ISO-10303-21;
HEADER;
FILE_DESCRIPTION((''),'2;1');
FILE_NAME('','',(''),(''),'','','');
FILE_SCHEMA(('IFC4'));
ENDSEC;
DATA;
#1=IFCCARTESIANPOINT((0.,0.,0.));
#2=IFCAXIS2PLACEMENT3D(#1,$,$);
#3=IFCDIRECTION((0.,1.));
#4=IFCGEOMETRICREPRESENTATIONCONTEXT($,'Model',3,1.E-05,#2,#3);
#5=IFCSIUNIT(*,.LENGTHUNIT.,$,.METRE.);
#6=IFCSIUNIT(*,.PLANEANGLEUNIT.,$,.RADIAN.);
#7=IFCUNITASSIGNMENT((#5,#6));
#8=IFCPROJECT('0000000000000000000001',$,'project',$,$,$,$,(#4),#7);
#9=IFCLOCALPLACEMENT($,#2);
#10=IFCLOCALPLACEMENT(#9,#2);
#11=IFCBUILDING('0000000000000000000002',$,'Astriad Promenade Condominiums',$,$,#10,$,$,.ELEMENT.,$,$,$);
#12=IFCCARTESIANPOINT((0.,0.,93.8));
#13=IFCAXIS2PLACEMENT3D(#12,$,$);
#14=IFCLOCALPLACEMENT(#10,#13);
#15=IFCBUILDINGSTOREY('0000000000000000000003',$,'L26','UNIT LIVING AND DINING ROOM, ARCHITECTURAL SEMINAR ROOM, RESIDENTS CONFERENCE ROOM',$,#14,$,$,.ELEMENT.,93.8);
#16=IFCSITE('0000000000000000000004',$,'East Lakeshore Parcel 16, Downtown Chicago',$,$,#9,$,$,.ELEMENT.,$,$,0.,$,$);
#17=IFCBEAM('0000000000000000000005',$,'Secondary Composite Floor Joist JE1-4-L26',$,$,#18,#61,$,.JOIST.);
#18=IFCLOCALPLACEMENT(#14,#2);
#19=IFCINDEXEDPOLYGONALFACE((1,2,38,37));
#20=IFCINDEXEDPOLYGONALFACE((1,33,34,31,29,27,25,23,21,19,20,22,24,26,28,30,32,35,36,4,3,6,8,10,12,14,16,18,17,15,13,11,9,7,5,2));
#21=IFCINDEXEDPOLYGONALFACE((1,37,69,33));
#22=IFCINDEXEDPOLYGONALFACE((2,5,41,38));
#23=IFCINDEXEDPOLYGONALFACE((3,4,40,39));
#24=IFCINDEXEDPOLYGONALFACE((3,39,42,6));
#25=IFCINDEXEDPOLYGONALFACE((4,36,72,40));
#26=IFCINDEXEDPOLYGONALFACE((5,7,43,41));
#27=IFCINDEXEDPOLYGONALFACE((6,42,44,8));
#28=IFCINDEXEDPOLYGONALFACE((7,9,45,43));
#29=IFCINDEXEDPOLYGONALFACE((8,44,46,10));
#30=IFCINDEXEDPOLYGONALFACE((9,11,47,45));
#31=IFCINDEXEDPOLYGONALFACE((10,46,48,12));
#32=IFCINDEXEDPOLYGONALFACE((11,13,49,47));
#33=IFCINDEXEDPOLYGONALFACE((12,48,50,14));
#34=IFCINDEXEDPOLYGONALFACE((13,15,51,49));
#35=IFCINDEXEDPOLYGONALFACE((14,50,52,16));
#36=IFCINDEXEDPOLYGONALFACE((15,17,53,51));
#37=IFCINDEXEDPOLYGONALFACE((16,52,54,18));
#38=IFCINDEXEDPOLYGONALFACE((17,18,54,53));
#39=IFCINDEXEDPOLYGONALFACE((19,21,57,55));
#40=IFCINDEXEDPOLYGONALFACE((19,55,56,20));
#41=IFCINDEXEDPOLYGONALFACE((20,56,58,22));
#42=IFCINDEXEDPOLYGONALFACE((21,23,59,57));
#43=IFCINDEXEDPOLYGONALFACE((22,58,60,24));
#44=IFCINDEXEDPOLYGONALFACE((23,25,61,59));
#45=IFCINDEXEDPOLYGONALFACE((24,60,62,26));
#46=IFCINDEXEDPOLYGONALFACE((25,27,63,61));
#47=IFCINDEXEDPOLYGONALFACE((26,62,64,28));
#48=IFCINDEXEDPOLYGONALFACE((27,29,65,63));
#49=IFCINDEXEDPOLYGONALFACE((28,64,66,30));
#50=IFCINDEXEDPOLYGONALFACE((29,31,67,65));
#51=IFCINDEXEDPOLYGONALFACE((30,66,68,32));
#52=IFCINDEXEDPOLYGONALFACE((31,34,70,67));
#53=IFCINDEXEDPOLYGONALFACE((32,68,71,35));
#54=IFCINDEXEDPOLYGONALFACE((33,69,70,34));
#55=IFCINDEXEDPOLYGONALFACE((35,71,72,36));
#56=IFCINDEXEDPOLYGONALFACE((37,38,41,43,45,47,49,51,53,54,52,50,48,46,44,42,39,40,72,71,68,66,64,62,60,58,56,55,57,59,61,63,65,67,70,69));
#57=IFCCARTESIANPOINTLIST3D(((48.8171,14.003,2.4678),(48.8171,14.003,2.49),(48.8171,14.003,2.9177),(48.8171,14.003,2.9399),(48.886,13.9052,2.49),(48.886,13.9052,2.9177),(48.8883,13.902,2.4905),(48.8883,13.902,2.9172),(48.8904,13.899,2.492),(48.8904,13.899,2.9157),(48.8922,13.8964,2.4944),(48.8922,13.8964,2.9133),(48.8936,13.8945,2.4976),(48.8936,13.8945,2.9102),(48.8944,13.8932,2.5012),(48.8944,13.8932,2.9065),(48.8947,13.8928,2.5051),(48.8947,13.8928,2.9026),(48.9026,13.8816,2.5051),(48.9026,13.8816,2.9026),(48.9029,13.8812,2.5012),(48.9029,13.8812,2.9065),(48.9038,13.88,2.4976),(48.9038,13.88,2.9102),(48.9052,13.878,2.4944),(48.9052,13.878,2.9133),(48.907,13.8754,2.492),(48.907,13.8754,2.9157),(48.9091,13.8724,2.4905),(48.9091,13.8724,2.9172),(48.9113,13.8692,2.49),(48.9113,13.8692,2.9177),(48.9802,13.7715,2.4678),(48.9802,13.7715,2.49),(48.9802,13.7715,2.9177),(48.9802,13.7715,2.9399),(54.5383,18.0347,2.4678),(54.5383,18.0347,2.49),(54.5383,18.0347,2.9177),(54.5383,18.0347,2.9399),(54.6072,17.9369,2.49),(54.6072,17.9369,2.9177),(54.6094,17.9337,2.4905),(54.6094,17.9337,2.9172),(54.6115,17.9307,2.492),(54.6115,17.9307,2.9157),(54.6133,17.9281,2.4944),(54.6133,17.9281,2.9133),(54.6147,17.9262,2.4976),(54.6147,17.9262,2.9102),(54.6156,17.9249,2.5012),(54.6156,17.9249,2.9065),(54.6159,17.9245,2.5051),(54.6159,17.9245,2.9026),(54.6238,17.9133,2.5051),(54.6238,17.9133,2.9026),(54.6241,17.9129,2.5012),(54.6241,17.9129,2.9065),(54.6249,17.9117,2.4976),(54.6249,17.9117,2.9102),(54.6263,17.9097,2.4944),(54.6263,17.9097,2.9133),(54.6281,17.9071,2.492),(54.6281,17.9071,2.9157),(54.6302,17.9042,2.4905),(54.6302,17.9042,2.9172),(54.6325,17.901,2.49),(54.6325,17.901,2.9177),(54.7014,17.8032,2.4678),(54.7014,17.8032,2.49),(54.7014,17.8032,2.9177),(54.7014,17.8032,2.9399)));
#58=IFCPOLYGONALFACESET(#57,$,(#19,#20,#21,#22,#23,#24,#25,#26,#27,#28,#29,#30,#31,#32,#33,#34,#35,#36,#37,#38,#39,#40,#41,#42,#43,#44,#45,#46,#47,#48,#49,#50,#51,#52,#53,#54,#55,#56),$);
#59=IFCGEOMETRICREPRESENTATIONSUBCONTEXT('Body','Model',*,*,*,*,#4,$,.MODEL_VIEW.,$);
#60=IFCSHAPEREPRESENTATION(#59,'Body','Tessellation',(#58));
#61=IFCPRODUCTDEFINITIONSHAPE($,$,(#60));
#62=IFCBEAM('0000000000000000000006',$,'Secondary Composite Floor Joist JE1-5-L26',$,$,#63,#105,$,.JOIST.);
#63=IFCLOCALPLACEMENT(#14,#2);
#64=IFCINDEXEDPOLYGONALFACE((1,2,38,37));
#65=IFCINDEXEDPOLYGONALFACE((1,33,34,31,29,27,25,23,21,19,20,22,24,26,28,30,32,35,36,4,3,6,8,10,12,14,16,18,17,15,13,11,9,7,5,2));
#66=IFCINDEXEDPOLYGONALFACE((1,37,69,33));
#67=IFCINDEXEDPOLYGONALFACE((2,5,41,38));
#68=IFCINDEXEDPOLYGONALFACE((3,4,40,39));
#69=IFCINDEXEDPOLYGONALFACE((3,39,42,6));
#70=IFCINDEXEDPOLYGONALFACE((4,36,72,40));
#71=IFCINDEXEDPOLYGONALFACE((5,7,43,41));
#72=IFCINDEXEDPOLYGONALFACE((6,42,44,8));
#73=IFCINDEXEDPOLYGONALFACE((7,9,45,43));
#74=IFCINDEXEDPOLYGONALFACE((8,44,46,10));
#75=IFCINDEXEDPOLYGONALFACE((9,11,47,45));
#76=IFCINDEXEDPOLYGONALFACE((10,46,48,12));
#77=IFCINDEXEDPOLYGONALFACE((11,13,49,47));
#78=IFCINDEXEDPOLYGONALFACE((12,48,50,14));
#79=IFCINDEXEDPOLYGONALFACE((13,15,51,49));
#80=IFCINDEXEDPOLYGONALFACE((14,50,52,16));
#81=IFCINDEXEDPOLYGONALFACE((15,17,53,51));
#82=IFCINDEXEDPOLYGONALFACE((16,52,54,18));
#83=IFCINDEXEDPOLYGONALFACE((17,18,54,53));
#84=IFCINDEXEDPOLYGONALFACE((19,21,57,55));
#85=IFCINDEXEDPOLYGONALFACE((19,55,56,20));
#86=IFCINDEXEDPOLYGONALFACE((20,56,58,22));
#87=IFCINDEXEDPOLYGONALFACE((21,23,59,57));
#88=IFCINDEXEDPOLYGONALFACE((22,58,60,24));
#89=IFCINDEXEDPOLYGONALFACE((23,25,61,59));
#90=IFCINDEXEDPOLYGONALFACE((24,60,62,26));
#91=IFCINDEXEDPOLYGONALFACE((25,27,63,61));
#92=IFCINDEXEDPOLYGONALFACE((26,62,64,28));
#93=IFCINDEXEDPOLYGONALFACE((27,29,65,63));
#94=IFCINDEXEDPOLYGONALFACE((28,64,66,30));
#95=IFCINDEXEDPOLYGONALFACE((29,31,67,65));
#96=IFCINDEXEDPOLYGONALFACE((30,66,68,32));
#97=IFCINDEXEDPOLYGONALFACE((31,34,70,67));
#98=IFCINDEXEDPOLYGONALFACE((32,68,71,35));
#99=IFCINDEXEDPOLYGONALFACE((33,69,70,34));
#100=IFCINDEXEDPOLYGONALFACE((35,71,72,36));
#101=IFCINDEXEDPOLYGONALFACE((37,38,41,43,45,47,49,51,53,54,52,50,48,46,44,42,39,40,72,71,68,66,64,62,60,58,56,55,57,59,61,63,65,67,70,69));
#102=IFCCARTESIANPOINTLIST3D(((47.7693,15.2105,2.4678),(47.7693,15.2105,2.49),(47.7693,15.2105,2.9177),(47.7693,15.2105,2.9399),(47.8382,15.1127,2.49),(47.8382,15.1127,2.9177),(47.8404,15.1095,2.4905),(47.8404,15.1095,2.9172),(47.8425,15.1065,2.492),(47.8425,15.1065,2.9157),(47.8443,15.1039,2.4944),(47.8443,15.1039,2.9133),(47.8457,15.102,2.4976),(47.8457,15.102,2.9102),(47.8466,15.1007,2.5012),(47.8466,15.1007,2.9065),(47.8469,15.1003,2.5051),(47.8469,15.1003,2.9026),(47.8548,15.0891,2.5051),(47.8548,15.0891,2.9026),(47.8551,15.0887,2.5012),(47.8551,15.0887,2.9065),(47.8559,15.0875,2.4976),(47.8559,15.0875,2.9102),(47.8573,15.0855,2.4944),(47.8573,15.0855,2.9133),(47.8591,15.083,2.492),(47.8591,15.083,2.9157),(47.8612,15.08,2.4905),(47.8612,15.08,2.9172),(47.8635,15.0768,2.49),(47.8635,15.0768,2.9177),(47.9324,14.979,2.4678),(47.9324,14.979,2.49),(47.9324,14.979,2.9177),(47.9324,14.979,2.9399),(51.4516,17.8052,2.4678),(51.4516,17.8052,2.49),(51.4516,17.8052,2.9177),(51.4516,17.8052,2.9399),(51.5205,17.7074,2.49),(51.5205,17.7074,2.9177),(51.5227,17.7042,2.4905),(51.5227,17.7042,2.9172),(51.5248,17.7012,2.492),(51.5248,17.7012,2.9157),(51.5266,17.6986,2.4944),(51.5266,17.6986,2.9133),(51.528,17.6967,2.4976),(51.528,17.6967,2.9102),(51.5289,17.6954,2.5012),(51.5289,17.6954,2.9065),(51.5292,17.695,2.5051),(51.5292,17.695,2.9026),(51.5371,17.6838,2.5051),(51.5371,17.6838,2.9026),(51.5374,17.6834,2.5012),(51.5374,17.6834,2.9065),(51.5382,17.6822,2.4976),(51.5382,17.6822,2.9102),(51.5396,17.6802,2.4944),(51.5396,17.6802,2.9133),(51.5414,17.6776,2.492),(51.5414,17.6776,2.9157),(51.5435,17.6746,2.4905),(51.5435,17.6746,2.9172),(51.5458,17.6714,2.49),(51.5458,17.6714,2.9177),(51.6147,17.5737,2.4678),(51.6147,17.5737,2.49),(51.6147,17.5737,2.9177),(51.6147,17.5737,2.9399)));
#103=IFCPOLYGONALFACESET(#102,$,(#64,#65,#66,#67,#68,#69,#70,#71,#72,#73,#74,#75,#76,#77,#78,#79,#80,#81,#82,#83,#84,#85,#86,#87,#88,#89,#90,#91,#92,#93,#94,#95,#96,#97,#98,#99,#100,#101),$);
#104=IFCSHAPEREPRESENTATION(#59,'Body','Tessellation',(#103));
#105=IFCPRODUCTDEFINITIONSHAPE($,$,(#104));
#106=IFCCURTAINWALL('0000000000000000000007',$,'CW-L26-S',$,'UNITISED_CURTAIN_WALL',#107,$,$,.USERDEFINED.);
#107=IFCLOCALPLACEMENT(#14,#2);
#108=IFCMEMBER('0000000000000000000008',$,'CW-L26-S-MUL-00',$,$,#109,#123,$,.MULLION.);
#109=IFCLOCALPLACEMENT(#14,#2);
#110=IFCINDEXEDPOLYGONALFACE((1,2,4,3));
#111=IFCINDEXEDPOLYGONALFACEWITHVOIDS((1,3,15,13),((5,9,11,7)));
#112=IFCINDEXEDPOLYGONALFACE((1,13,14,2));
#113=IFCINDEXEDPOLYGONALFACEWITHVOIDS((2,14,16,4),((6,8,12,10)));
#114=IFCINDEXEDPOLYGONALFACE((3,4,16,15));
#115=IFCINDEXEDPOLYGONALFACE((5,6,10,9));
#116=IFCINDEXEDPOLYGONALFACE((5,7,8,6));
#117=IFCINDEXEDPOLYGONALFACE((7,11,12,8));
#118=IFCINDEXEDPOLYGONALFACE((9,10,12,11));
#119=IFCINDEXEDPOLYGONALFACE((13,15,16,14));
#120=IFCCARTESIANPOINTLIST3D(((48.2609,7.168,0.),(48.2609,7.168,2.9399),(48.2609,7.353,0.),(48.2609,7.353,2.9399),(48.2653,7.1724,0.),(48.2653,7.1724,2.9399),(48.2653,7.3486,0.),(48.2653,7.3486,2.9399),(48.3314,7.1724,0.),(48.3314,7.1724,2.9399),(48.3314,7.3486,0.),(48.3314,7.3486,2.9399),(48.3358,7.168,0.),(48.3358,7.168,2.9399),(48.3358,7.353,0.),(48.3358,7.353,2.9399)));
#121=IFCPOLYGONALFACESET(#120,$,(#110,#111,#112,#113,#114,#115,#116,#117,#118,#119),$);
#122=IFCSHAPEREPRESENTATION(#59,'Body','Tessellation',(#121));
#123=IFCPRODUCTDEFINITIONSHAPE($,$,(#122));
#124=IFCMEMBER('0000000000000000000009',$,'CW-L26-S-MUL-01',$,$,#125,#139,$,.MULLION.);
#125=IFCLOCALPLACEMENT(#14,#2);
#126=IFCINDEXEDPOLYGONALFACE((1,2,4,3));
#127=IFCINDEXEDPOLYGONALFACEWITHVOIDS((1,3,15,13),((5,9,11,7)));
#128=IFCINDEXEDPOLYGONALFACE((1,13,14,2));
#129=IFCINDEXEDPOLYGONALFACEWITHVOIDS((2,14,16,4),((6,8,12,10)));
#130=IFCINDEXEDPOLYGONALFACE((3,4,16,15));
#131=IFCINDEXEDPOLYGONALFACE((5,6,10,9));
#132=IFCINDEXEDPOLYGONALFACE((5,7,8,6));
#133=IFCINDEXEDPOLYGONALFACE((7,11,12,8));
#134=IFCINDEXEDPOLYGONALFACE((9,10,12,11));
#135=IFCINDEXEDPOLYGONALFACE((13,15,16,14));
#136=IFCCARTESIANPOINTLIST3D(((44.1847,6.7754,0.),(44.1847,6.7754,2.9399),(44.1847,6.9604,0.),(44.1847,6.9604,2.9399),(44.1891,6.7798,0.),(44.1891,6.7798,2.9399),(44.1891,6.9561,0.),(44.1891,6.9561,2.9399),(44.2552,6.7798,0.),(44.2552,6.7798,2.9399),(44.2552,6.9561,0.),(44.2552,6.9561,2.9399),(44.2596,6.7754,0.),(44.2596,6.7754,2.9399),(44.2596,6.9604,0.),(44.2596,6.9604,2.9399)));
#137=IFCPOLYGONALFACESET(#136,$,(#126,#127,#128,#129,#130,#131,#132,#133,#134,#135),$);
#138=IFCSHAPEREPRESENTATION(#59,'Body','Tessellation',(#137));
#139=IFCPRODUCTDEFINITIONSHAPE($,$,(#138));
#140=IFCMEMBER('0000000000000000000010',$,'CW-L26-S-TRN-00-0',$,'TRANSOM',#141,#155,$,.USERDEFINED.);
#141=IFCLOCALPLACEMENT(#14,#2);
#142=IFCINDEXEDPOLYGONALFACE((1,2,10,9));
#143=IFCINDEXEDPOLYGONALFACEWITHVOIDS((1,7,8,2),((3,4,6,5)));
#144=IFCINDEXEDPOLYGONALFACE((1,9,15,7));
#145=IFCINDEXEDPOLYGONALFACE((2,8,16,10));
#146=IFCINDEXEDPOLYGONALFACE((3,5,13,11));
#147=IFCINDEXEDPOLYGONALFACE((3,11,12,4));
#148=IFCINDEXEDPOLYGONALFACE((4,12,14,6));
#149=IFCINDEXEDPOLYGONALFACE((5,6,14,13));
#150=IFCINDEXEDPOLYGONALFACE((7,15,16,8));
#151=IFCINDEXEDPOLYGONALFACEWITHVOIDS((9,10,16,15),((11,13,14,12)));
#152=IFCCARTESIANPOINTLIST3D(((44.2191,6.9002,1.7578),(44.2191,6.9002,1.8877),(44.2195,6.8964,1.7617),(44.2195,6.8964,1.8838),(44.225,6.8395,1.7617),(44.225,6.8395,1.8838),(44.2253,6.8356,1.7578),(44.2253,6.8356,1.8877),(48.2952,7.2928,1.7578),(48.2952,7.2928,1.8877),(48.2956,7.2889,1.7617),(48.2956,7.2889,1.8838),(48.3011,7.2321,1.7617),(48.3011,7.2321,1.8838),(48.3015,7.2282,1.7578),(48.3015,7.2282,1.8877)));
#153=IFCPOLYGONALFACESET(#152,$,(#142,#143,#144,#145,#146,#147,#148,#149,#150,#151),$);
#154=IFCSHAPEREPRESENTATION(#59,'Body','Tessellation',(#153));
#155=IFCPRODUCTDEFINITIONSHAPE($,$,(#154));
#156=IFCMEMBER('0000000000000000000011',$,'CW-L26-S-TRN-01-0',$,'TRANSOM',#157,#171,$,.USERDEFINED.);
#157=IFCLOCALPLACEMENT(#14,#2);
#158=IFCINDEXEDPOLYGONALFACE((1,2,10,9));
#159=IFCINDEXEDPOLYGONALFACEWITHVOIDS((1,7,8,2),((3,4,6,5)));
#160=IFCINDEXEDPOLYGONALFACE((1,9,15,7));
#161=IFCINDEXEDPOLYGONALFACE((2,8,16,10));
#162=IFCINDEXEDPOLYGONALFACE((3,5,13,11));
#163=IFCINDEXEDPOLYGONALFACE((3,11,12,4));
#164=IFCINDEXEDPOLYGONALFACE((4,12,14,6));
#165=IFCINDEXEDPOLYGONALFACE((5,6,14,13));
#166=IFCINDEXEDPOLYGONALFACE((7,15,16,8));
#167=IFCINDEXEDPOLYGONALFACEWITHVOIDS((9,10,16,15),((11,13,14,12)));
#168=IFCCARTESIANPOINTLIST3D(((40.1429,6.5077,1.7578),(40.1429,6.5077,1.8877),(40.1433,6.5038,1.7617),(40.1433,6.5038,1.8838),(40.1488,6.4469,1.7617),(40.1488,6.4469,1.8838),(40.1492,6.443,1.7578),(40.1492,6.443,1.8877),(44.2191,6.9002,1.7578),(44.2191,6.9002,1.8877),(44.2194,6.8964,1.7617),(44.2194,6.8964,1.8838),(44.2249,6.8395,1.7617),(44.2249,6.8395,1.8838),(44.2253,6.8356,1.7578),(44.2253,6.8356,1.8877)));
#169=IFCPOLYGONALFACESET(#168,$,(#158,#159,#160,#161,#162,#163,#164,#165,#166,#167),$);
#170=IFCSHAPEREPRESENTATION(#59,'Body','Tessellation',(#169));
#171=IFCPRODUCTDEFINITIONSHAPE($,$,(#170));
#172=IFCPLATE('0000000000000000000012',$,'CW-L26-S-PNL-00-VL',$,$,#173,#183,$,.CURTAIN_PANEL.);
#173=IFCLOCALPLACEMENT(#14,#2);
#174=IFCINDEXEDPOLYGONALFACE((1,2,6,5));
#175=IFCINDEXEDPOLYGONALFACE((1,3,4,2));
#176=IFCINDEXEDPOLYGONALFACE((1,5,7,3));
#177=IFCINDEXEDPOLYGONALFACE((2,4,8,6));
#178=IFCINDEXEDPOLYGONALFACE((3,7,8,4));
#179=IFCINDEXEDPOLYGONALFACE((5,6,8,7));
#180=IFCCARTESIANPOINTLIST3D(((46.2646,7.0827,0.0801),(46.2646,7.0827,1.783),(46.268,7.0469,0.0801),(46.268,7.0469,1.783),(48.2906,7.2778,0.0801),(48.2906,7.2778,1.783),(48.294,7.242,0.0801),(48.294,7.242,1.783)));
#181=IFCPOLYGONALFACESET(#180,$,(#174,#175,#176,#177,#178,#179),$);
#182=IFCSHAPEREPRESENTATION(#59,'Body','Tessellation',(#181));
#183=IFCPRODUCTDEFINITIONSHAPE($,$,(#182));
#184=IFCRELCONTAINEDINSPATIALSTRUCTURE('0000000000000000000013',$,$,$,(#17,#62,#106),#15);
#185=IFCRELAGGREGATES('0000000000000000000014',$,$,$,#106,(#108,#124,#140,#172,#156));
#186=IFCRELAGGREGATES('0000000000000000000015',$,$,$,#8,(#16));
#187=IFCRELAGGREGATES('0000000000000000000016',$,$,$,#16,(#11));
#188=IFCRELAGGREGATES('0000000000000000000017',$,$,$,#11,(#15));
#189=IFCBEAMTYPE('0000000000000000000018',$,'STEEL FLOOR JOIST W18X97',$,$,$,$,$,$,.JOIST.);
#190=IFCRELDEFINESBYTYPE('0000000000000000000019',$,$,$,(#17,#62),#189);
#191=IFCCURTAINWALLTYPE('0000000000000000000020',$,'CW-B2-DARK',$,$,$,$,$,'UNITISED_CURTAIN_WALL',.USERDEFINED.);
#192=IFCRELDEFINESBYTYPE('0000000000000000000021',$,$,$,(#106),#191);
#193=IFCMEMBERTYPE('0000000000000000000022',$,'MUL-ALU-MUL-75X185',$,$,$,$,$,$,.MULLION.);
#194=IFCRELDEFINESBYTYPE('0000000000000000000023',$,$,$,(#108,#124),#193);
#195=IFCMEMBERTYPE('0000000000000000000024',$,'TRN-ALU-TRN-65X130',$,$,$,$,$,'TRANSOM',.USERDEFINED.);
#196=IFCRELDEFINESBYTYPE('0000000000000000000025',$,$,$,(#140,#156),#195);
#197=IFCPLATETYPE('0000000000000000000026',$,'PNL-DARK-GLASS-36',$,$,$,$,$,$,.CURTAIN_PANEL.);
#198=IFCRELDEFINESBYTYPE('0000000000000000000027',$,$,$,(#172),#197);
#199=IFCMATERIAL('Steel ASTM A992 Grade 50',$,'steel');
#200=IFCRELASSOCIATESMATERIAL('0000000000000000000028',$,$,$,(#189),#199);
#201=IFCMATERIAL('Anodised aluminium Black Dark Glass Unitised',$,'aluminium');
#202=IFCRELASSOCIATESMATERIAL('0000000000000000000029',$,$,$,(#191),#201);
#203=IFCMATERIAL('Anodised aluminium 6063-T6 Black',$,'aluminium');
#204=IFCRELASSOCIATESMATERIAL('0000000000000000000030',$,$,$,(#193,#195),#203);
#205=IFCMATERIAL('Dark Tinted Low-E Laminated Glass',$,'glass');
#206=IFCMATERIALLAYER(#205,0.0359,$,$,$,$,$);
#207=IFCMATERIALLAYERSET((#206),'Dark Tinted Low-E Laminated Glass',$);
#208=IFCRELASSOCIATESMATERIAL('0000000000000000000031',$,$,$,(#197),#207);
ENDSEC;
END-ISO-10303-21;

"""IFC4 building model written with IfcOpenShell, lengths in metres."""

from ifc_helpers import new_model, si_unit, direction, frame, origin, origin_2d, place, context, subcontext, project, spatial, rectangle, hollow_rectangle, i_section, extrude, source, transform, mapped, material, layer, layer_set, material_profile, profile_set, type_object, type_shapes, element, aggregate, save


model = new_model("IFC4")

# Units and contexts
model_context = context("Model", 3, precision=1e-05, world=origin(), true_north=direction((0.0, 1.0)))
body_context = subcontext(model_context, "Body", "Model", "MODEL_VIEW")
ifc_project = project(units=[si_unit("LENGTHUNIT", "METRE"), si_unit("PLANEANGLEUNIT", "RADIAN")], contexts=[model_context])

# Site, building, storey
site_placement = place(None, origin())
site = spatial("IfcSite", under=ifc_project, at=site_placement, Name="East Lakeshore Parcel 16, Downtown Chicago", CompositionType="ELEMENT", RefElevation=0.0)
building_placement = place(site_placement, origin())
building = spatial("IfcBuilding", under=site, at=building_placement, Name="Astriad Promenade Condominiums", CompositionType="ELEMENT")
storey_placement = place(building_placement, frame((0.0, 0.0, 93.8)))
storey = spatial("IfcBuildingStorey", under=building, at=storey_placement, Name="L26", Description="UNIT LIVING AND DINING ROOM, ARCHITECTURAL SEMINAR ROOM, RESIDENTS CONFERENCE ROOM", CompositionType="ELEMENT", Elevation=93.8)

# Beams
ifc_material_1 = material(Name="Steel ASTM A992 Grade 50", Category="steel")
ifc_material_profile_1 = material_profile(ifc_material_1, i_section(OverallWidth=0.2832, OverallDepth=0.4722, WebThickness=0.0137, FlangeThickness=0.0222, FilletRadius=0.0151, at=origin_2d()), Name="W18X97")
ifc_profile_set_1 = profile_set([ifc_material_profile_1], Name="Steel ASTM A992 Grade 50")
beam_type = type_object("IfcBeamType", Name="STEEL FLOOR JOIST W18X97", PredefinedType="JOIST", material=ifc_profile_set_1)
shared_shape_1 = source(origin(), body_context, "Body", "SweptSolid", [
    extrude(i_section(OverallWidth=0.2832, OverallDepth=0.4722, WebThickness=0.0137, FlangeThickness=0.0222, FilletRadius=0.0151, at=origin_2d()), origin(), (0.0, 0.0, 1.0), 6.999),
])
beam_1_placement = place(storey_placement, frame((48.8987, 13.8872, 2.7039), z_axis=(0.817422, 0.576039, 0.0), x_axis=(-0.576039, 0.817422, 0.0)))
element("IfcBeam", 1, at=beam_1_placement, inside=storey, type_object=beam_type, Name="Secondary Composite Floor Joist JE1-4-L26", PredefinedType="JOIST", context=body_context, shape_type="MappedRepresentation", body=[
    mapped(shared_shape_1, transform((0.0, 0.0, 0.0), scale=1.0)),
])
shared_shape_2 = source(origin(), body_context, "Body", "SweptSolid", [
    extrude(i_section(OverallWidth=0.2832, OverallDepth=0.4722, WebThickness=0.0137, FlangeThickness=0.0222, FilletRadius=0.0151, at=origin_2d()), origin(), (0.0, 0.0, 1.0), 4.5046),
])
type_shapes(beam_type, [shared_shape_1, shared_shape_2])
beam_2_placement = place(storey_placement, frame((47.8508, 15.0947, 2.7039), z_axis=(0.817448, 0.576002, 0.0), x_axis=(-0.576002, 0.817448, 0.0)))
element("IfcBeam", 2, at=beam_2_placement, inside=storey, type_object=beam_type, Name="Secondary Composite Floor Joist JE1-5-L26", PredefinedType="JOIST", context=body_context, shape_type="MappedRepresentation", body=[
    mapped(shared_shape_2, transform((0.0, 0.0, 0.0), scale=1.0)),
])

# Curtain wall, members, plate
ifc_material_2 = material(Name="Anodised aluminium Black Dark Glass Unitised", Category="aluminium")
curtain_wall_type = type_object("IfcCurtainWallType", Name="CW-B2-DARK", ElementType="UNITISED_CURTAIN_WALL", PredefinedType="USERDEFINED", material=ifc_material_2)
curtain_wall_placement = place(storey_placement, origin())
curtain_wall = element("IfcCurtainWall", 3, at=curtain_wall_placement, inside=storey, type_object=curtain_wall_type, Name="CW-L26-S", ObjectType="UNITISED_CURTAIN_WALL", PredefinedType="USERDEFINED")
ifc_material_3 = material(Name="Anodised aluminium 6063-T6 Black", Category="aluminium")
ifc_material_profile_2 = material_profile(ifc_material_3, hollow_rectangle(XDim=0.075, YDim=0.1851, WallThickness=0.0044, at=origin_2d()), Name="ALU-MUL-75X185")
ifc_profile_set_2 = profile_set([ifc_material_profile_2], Name="Anodised aluminium 6063-T6 Black")
member_type_1 = type_object("IfcMemberType", Name="MUL-ALU-MUL-75X185", PredefinedType="MULLION", material=ifc_profile_set_2)
shared_shape_3 = source(origin(), body_context, "Body", "SweptSolid", [
    extrude(hollow_rectangle(XDim=0.075, YDim=0.1851, WallThickness=0.0044, at=origin_2d()), origin(), (0.0, 0.0, 1.0), 2.9399),
])
type_shapes(member_type_1, [shared_shape_3])
member_1_placement = place(storey_placement, frame((48.2983, 7.2605, 0.0), z_axis=(0.0, 0.0, 1.0), x_axis=(1.0, 0.0, 0.0)))
member_1 = element("IfcMember", 4, at=member_1_placement, type_object=member_type_1, Name="CW-L26-S-MUL-00", PredefinedType="MULLION", context=body_context, shape_type="MappedRepresentation", body=[
    mapped(shared_shape_3, transform((0.0, 0.0, 0.0), scale=1.0)),
])
member_2_placement = place(storey_placement, frame((44.2222, 6.8679, 0.0), z_axis=(0.0, 0.0, 1.0), x_axis=(1.0, 0.0, 0.0)))
member_2 = element("IfcMember", 5, at=member_2_placement, type_object=member_type_1, Name="CW-L26-S-MUL-01", PredefinedType="MULLION", context=body_context, shape_type="MappedRepresentation", body=[
    mapped(shared_shape_3, transform((0.0, 0.0, 0.0), scale=1.0)),
])
ifc_material_profile_3 = material_profile(ifc_material_3, hollow_rectangle(XDim=0.0649, YDim=0.1299, WallThickness=0.0039, at=origin_2d()), Name="ALU-TRN-65X130")
ifc_profile_set_3 = profile_set([ifc_material_profile_3], Name="Anodised aluminium 6063-T6 Black")
member_type_2 = type_object("IfcMemberType", Name="TRN-ALU-TRN-65X130", ElementType="TRANSOM", PredefinedType="USERDEFINED", material=ifc_profile_set_3)
shared_shape_4 = source(origin(), body_context, "Body", "SweptSolid", [
    extrude(hollow_rectangle(XDim=0.0649, YDim=0.1299, WallThickness=0.0039, at=origin_2d()), origin(), (0.0, 0.0, 1.0), 4.095),
])
type_shapes(member_type_2, [shared_shape_4])
member_3_placement = place(storey_placement, frame((48.2983, 7.2605, 1.8228), z_axis=(-0.995394, -0.095867, 0.0), x_axis=(0.095867, -0.995394, 0.0)))
member_3 = element("IfcMember", 6, at=member_3_placement, type_object=member_type_2, Name="CW-L26-S-TRN-00-0", ObjectType="TRANSOM", PredefinedType="USERDEFINED", context=body_context, shape_type="MappedRepresentation", body=[
    mapped(shared_shape_4, transform((0.0, 0.0, 0.0), scale=1.0)),
])
member_4_placement = place(storey_placement, frame((44.2222, 6.8679, 1.8228), z_axis=(-0.995394, -0.095867, 0.0), x_axis=(0.095867, -0.995394, 0.0)))
member_4 = element("IfcMember", 7, at=member_4_placement, type_object=member_type_2, Name="CW-L26-S-TRN-01-0", ObjectType="TRANSOM", PredefinedType="USERDEFINED", context=body_context, shape_type="MappedRepresentation", body=[
    mapped(shared_shape_4, transform((0.0, 0.0, 0.0), scale=1.0)),
])
ifc_material_4 = material(Name="Dark Tinted Low-E Laminated Glass", Category="glass")
ifc_layer_1 = layer(ifc_material_4, 0.0359)
ifc_layer_set_1 = layer_set([ifc_layer_1], Name="Dark Tinted Low-E Laminated Glass")
plate_type = type_object("IfcPlateType", Name="PNL-DARK-GLASS-36", PredefinedType="CURTAIN_PANEL", material=ifc_layer_set_1)
shared_shape_5 = source(origin(), body_context, "Body", "SweptSolid", [
    extrude(rectangle(XDim=2.0354, YDim=0.0359, at=origin_2d()), origin(), (0.0, 0.0, 1.0), 1.7029),
])
plate_1_placement = place(storey_placement, frame((47.2793, 7.1624, 0.0801), z_axis=(0.0, 0.0, 1.0), x_axis=(-0.995396, -0.095846, 0.0)))
plate_1 = element("IfcPlate", 8, at=plate_1_placement, type_object=plate_type, Name="CW-L26-S-PNL-00-VL", PredefinedType="CURTAIN_PANEL", context=body_context, shape_type="MappedRepresentation", body=[
    mapped(shared_shape_5, transform((0.0, 0.0, 0.0), scale=1.0)),
])
aggregate(curtain_wall, [member_1, member_2, member_3, plate_1, member_4])

save(model, "model.ifc")
